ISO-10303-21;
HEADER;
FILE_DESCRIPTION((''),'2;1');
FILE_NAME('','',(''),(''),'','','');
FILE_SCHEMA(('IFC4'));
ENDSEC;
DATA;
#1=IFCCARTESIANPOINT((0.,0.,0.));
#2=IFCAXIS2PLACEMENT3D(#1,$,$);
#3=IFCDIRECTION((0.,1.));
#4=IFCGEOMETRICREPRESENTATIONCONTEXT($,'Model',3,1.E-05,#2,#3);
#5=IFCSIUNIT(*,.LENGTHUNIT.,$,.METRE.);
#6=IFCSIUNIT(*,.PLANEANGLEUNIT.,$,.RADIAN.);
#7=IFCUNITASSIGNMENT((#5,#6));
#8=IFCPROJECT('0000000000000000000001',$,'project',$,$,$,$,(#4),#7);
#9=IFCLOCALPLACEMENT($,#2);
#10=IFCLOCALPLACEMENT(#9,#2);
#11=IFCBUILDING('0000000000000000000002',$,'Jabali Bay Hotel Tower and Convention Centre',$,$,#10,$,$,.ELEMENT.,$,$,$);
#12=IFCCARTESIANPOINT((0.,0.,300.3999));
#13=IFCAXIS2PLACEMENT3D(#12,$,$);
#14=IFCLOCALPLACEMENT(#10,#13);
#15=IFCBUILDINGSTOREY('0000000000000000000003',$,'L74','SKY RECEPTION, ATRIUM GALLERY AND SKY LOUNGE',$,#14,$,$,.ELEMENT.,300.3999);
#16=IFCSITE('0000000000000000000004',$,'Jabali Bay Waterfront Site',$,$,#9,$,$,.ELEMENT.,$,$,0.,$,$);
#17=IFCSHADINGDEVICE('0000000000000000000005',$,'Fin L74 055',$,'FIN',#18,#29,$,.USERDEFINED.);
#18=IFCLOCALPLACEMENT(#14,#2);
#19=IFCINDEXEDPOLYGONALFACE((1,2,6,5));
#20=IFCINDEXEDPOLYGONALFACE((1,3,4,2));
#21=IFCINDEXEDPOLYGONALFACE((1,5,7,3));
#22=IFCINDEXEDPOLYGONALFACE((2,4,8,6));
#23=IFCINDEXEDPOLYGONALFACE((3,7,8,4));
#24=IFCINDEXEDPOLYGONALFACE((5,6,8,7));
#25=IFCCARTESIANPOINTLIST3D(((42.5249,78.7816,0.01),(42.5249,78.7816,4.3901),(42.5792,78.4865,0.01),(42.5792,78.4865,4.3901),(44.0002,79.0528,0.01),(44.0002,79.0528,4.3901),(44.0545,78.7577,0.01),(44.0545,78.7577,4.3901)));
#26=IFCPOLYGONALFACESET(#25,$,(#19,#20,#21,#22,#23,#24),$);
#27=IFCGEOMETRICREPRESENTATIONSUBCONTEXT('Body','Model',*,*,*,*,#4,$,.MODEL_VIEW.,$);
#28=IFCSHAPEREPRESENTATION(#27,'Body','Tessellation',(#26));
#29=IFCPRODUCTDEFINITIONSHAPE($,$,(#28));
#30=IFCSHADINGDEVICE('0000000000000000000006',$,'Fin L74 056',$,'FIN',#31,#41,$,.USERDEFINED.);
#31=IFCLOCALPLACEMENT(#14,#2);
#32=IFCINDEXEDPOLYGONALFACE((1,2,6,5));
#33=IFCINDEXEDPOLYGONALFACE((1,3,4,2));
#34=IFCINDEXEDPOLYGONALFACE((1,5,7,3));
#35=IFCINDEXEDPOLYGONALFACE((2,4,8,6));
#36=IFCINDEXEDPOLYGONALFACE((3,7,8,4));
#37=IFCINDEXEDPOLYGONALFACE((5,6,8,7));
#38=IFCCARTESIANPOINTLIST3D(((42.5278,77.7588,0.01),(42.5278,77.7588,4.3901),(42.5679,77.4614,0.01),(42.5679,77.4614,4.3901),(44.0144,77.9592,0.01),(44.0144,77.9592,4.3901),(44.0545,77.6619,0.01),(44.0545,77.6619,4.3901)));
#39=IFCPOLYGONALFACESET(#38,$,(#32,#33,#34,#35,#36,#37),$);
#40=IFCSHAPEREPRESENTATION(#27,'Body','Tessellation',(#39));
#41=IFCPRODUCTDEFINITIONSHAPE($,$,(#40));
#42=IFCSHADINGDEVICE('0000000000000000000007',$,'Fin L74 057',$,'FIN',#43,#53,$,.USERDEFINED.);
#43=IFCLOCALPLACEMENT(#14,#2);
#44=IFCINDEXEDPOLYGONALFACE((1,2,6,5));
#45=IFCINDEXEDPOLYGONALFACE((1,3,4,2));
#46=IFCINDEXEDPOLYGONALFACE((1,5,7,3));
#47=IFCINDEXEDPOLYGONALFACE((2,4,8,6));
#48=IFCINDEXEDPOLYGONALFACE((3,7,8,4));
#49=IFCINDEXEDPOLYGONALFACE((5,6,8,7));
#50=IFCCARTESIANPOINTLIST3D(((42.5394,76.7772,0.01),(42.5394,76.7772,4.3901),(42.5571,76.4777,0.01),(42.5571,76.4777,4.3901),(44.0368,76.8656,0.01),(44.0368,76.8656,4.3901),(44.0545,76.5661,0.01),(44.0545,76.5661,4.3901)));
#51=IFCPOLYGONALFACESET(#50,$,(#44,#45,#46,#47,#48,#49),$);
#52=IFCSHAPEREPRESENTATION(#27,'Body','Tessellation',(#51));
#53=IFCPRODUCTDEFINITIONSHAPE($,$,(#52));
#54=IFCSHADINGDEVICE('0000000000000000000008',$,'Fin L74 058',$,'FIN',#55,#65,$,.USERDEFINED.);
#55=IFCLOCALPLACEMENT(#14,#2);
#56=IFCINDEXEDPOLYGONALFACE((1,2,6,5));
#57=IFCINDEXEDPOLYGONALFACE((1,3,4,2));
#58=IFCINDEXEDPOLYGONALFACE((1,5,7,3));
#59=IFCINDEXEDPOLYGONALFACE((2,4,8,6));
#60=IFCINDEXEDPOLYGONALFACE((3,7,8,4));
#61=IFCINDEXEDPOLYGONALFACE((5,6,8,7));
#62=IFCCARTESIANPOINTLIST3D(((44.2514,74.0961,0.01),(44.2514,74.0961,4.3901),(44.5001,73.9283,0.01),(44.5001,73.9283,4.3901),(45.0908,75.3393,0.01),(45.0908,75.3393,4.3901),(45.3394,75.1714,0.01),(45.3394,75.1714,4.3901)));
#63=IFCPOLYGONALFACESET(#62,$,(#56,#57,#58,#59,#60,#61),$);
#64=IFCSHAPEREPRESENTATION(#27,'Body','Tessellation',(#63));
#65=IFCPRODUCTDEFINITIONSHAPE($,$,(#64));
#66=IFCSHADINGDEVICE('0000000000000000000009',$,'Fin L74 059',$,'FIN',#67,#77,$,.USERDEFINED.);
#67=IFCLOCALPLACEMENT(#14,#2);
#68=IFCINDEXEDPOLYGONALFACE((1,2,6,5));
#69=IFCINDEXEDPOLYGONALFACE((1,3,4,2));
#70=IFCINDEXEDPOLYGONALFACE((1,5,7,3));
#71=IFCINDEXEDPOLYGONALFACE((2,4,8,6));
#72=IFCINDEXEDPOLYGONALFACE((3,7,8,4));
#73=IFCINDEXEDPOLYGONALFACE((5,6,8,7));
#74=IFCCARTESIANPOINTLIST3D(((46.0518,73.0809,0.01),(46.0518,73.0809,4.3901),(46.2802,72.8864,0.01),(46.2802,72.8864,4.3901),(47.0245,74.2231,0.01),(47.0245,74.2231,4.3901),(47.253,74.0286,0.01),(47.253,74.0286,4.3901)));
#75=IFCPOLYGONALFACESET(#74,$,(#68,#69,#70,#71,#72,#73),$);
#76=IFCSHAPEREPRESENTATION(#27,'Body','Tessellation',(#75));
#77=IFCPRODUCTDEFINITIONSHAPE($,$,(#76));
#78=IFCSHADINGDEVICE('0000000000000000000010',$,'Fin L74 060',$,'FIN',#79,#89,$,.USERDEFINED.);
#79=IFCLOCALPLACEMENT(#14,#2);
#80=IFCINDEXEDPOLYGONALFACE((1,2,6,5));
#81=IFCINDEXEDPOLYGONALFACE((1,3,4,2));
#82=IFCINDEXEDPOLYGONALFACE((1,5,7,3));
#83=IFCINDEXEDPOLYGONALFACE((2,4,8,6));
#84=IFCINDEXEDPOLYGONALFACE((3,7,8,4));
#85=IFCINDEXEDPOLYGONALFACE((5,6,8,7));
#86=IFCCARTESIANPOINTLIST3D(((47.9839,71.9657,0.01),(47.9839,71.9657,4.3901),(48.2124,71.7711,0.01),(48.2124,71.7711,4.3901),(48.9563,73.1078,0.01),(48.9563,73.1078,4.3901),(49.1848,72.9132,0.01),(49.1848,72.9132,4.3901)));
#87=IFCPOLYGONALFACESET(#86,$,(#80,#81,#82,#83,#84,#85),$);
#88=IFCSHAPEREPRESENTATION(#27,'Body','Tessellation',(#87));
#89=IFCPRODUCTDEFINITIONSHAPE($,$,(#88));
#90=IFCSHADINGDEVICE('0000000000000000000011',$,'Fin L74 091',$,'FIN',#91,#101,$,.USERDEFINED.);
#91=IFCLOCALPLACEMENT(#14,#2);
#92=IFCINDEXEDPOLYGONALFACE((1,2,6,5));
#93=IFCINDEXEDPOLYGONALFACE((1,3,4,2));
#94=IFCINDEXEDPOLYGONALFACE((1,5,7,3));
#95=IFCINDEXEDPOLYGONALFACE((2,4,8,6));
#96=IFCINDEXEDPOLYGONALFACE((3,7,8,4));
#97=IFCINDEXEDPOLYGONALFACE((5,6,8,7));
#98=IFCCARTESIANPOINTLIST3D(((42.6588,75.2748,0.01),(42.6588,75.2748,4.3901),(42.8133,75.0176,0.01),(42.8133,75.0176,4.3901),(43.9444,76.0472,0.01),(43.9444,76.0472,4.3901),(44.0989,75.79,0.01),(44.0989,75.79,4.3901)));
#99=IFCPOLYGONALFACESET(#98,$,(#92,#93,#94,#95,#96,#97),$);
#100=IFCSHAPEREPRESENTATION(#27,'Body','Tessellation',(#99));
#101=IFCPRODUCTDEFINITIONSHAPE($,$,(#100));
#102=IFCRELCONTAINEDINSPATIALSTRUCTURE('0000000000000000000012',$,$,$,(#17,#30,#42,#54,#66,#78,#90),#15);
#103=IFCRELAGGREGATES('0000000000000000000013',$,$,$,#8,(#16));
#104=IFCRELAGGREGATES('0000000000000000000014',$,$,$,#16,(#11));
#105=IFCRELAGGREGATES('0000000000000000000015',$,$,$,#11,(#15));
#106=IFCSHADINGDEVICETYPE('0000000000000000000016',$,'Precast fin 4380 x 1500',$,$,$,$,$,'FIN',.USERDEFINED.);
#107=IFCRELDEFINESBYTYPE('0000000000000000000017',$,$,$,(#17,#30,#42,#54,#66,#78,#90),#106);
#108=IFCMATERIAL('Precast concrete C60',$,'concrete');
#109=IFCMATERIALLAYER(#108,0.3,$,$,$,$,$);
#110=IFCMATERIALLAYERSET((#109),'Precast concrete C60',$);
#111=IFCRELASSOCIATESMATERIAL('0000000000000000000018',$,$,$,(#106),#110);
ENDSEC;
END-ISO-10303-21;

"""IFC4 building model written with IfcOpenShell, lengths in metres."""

from ifc_helpers import new_model, si_unit, direction, frame, frame_2d, origin, place, context, subcontext, project, spatial, rectangle, extrude, material, layer, layer_set, type_object, element, save


model = new_model("IFC4")

# Units and contexts
model_context = context("Model", 3, precision=1e-05, world=origin(), true_north=direction((0.0, 1.0)))
body_context = subcontext(model_context, "Body", "Model", "MODEL_VIEW")
ifc_project = project(units=[si_unit("LENGTHUNIT", "METRE"), si_unit("PLANEANGLEUNIT", "RADIAN")], contexts=[model_context])

# Site, building, storey
site_placement = place(None, origin())
site = spatial("IfcSite", under=ifc_project, at=site_placement, Name="Jabali Bay Waterfront Site", CompositionType="ELEMENT", RefElevation=0.0)
building_placement = place(site_placement, origin())
building = spatial("IfcBuilding", under=site, at=building_placement, Name="Jabali Bay Hotel Tower and Convention Centre", CompositionType="ELEMENT")
storey_placement = place(building_placement, frame((0.0, 0.0, 300.3999)))
storey = spatial("IfcBuildingStorey", under=building, at=storey_placement, Name="L74", Description="SKY RECEPTION, ATRIUM GALLERY AND SKY LOUNGE", CompositionType="ELEMENT", Elevation=300.3999)

# Shading devices
ifc_material_1 = material(Name="Precast concrete C60", Category="concrete")
ifc_layer_1 = layer(ifc_material_1, 0.3)
ifc_layer_set_1 = layer_set([ifc_layer_1], Name="Precast concrete C60")
shading_device_type = type_object("IfcShadingDeviceType", Name="Precast fin 4380 x 1500", ElementType="FIN", PredefinedType="USERDEFINED", material=ifc_layer_set_1)
for number, where, z_axis, x_axis, name in (
    (1, (44.0273, 78.9053, 0.01), (0.0, 0.0, 1.0), (-0.983516, -0.180819, 0.0), "Fin L74 055"),
    (2, (44.0344, 77.8105, 0.01), (0.0, 0.0, 1.0), (-0.991032, -0.133624, 0.0), "Fin L74 056"),
    (3, (44.0457, 76.7158, 0.01), (0.0, 0.0, 1.0), (-0.998263, -0.058922, 0.0), "Fin L74 057"),
    (4, (45.2151, 75.2554, 0.01), (0.0, 0.0, 1.0), (-0.559573, -0.828781, 0.0), "Fin L74 058"),
):
    element("IfcShadingDevice", number, at=place(storey_placement, frame(where, z_axis=z_axis, x_axis=x_axis)), inside=storey, type_object=shading_device_type, Name=name, ObjectType="FIN", PredefinedType="USERDEFINED", context=body_context, shape_type="SweptSolid", body=[
        extrude(rectangle(XDim=1.5, YDim=0.3, at=frame_2d((0.75, 0.0))), origin(), (0.0, 0.0, 1.0), 4.3801),
    ])
shading_device_1_placement = place(storey_placement, frame((47.1387, 74.1257, 0.01), z_axis=(0.0, 0.0, 1.0), x_axis=(-0.648376, -0.761321, 0.0)))
element("IfcShadingDevice", 5, at=shading_device_1_placement, inside=storey, type_object=shading_device_type, Name="Fin L74 059", ObjectType="FIN", PredefinedType="USERDEFINED", context=body_context, shape_type="SweptSolid", body=[
    extrude(rectangle(XDim=1.5002, YDim=0.3, at=frame_2d((0.75, 0.0))), origin(), (0.0, 0.0, 1.0), 4.3801),
])
shading_device_2_placement = place(storey_placement, frame((49.0706, 73.0105, 0.01), z_axis=(0.0, 0.0, 1.0), x_axis=(-0.648281, -0.761401, 0.0)))
element("IfcShadingDevice", 6, at=shading_device_2_placement, inside=storey, type_object=shading_device_type, Name="Fin L74 060", ObjectType="FIN", PredefinedType="USERDEFINED", context=body_context, shape_type="SweptSolid", body=[
    extrude(rectangle(XDim=1.5, YDim=0.3, at=frame_2d((0.75, 0.0))), origin(), (0.0, 0.0, 1.0), 4.3801),
])
shading_device_3_placement = place(storey_placement, frame((44.0217, 75.9187, 0.01), z_axis=(0.0, 0.0, 1.0), x_axis=(-0.857177, -0.515022, 0.0)))
element("IfcShadingDevice", 7, at=shading_device_3_placement, inside=storey, type_object=shading_device_type, Name="Fin L74 091", ObjectType="FIN", PredefinedType="USERDEFINED", context=body_context, shape_type="SweptSolid", body=[
    extrude(rectangle(XDim=1.4998, YDim=0.3, at=frame_2d((0.75, 0.0))), origin(), (0.0, 0.0, 1.0), 4.3801),
])

save(model, "model.ifc")
